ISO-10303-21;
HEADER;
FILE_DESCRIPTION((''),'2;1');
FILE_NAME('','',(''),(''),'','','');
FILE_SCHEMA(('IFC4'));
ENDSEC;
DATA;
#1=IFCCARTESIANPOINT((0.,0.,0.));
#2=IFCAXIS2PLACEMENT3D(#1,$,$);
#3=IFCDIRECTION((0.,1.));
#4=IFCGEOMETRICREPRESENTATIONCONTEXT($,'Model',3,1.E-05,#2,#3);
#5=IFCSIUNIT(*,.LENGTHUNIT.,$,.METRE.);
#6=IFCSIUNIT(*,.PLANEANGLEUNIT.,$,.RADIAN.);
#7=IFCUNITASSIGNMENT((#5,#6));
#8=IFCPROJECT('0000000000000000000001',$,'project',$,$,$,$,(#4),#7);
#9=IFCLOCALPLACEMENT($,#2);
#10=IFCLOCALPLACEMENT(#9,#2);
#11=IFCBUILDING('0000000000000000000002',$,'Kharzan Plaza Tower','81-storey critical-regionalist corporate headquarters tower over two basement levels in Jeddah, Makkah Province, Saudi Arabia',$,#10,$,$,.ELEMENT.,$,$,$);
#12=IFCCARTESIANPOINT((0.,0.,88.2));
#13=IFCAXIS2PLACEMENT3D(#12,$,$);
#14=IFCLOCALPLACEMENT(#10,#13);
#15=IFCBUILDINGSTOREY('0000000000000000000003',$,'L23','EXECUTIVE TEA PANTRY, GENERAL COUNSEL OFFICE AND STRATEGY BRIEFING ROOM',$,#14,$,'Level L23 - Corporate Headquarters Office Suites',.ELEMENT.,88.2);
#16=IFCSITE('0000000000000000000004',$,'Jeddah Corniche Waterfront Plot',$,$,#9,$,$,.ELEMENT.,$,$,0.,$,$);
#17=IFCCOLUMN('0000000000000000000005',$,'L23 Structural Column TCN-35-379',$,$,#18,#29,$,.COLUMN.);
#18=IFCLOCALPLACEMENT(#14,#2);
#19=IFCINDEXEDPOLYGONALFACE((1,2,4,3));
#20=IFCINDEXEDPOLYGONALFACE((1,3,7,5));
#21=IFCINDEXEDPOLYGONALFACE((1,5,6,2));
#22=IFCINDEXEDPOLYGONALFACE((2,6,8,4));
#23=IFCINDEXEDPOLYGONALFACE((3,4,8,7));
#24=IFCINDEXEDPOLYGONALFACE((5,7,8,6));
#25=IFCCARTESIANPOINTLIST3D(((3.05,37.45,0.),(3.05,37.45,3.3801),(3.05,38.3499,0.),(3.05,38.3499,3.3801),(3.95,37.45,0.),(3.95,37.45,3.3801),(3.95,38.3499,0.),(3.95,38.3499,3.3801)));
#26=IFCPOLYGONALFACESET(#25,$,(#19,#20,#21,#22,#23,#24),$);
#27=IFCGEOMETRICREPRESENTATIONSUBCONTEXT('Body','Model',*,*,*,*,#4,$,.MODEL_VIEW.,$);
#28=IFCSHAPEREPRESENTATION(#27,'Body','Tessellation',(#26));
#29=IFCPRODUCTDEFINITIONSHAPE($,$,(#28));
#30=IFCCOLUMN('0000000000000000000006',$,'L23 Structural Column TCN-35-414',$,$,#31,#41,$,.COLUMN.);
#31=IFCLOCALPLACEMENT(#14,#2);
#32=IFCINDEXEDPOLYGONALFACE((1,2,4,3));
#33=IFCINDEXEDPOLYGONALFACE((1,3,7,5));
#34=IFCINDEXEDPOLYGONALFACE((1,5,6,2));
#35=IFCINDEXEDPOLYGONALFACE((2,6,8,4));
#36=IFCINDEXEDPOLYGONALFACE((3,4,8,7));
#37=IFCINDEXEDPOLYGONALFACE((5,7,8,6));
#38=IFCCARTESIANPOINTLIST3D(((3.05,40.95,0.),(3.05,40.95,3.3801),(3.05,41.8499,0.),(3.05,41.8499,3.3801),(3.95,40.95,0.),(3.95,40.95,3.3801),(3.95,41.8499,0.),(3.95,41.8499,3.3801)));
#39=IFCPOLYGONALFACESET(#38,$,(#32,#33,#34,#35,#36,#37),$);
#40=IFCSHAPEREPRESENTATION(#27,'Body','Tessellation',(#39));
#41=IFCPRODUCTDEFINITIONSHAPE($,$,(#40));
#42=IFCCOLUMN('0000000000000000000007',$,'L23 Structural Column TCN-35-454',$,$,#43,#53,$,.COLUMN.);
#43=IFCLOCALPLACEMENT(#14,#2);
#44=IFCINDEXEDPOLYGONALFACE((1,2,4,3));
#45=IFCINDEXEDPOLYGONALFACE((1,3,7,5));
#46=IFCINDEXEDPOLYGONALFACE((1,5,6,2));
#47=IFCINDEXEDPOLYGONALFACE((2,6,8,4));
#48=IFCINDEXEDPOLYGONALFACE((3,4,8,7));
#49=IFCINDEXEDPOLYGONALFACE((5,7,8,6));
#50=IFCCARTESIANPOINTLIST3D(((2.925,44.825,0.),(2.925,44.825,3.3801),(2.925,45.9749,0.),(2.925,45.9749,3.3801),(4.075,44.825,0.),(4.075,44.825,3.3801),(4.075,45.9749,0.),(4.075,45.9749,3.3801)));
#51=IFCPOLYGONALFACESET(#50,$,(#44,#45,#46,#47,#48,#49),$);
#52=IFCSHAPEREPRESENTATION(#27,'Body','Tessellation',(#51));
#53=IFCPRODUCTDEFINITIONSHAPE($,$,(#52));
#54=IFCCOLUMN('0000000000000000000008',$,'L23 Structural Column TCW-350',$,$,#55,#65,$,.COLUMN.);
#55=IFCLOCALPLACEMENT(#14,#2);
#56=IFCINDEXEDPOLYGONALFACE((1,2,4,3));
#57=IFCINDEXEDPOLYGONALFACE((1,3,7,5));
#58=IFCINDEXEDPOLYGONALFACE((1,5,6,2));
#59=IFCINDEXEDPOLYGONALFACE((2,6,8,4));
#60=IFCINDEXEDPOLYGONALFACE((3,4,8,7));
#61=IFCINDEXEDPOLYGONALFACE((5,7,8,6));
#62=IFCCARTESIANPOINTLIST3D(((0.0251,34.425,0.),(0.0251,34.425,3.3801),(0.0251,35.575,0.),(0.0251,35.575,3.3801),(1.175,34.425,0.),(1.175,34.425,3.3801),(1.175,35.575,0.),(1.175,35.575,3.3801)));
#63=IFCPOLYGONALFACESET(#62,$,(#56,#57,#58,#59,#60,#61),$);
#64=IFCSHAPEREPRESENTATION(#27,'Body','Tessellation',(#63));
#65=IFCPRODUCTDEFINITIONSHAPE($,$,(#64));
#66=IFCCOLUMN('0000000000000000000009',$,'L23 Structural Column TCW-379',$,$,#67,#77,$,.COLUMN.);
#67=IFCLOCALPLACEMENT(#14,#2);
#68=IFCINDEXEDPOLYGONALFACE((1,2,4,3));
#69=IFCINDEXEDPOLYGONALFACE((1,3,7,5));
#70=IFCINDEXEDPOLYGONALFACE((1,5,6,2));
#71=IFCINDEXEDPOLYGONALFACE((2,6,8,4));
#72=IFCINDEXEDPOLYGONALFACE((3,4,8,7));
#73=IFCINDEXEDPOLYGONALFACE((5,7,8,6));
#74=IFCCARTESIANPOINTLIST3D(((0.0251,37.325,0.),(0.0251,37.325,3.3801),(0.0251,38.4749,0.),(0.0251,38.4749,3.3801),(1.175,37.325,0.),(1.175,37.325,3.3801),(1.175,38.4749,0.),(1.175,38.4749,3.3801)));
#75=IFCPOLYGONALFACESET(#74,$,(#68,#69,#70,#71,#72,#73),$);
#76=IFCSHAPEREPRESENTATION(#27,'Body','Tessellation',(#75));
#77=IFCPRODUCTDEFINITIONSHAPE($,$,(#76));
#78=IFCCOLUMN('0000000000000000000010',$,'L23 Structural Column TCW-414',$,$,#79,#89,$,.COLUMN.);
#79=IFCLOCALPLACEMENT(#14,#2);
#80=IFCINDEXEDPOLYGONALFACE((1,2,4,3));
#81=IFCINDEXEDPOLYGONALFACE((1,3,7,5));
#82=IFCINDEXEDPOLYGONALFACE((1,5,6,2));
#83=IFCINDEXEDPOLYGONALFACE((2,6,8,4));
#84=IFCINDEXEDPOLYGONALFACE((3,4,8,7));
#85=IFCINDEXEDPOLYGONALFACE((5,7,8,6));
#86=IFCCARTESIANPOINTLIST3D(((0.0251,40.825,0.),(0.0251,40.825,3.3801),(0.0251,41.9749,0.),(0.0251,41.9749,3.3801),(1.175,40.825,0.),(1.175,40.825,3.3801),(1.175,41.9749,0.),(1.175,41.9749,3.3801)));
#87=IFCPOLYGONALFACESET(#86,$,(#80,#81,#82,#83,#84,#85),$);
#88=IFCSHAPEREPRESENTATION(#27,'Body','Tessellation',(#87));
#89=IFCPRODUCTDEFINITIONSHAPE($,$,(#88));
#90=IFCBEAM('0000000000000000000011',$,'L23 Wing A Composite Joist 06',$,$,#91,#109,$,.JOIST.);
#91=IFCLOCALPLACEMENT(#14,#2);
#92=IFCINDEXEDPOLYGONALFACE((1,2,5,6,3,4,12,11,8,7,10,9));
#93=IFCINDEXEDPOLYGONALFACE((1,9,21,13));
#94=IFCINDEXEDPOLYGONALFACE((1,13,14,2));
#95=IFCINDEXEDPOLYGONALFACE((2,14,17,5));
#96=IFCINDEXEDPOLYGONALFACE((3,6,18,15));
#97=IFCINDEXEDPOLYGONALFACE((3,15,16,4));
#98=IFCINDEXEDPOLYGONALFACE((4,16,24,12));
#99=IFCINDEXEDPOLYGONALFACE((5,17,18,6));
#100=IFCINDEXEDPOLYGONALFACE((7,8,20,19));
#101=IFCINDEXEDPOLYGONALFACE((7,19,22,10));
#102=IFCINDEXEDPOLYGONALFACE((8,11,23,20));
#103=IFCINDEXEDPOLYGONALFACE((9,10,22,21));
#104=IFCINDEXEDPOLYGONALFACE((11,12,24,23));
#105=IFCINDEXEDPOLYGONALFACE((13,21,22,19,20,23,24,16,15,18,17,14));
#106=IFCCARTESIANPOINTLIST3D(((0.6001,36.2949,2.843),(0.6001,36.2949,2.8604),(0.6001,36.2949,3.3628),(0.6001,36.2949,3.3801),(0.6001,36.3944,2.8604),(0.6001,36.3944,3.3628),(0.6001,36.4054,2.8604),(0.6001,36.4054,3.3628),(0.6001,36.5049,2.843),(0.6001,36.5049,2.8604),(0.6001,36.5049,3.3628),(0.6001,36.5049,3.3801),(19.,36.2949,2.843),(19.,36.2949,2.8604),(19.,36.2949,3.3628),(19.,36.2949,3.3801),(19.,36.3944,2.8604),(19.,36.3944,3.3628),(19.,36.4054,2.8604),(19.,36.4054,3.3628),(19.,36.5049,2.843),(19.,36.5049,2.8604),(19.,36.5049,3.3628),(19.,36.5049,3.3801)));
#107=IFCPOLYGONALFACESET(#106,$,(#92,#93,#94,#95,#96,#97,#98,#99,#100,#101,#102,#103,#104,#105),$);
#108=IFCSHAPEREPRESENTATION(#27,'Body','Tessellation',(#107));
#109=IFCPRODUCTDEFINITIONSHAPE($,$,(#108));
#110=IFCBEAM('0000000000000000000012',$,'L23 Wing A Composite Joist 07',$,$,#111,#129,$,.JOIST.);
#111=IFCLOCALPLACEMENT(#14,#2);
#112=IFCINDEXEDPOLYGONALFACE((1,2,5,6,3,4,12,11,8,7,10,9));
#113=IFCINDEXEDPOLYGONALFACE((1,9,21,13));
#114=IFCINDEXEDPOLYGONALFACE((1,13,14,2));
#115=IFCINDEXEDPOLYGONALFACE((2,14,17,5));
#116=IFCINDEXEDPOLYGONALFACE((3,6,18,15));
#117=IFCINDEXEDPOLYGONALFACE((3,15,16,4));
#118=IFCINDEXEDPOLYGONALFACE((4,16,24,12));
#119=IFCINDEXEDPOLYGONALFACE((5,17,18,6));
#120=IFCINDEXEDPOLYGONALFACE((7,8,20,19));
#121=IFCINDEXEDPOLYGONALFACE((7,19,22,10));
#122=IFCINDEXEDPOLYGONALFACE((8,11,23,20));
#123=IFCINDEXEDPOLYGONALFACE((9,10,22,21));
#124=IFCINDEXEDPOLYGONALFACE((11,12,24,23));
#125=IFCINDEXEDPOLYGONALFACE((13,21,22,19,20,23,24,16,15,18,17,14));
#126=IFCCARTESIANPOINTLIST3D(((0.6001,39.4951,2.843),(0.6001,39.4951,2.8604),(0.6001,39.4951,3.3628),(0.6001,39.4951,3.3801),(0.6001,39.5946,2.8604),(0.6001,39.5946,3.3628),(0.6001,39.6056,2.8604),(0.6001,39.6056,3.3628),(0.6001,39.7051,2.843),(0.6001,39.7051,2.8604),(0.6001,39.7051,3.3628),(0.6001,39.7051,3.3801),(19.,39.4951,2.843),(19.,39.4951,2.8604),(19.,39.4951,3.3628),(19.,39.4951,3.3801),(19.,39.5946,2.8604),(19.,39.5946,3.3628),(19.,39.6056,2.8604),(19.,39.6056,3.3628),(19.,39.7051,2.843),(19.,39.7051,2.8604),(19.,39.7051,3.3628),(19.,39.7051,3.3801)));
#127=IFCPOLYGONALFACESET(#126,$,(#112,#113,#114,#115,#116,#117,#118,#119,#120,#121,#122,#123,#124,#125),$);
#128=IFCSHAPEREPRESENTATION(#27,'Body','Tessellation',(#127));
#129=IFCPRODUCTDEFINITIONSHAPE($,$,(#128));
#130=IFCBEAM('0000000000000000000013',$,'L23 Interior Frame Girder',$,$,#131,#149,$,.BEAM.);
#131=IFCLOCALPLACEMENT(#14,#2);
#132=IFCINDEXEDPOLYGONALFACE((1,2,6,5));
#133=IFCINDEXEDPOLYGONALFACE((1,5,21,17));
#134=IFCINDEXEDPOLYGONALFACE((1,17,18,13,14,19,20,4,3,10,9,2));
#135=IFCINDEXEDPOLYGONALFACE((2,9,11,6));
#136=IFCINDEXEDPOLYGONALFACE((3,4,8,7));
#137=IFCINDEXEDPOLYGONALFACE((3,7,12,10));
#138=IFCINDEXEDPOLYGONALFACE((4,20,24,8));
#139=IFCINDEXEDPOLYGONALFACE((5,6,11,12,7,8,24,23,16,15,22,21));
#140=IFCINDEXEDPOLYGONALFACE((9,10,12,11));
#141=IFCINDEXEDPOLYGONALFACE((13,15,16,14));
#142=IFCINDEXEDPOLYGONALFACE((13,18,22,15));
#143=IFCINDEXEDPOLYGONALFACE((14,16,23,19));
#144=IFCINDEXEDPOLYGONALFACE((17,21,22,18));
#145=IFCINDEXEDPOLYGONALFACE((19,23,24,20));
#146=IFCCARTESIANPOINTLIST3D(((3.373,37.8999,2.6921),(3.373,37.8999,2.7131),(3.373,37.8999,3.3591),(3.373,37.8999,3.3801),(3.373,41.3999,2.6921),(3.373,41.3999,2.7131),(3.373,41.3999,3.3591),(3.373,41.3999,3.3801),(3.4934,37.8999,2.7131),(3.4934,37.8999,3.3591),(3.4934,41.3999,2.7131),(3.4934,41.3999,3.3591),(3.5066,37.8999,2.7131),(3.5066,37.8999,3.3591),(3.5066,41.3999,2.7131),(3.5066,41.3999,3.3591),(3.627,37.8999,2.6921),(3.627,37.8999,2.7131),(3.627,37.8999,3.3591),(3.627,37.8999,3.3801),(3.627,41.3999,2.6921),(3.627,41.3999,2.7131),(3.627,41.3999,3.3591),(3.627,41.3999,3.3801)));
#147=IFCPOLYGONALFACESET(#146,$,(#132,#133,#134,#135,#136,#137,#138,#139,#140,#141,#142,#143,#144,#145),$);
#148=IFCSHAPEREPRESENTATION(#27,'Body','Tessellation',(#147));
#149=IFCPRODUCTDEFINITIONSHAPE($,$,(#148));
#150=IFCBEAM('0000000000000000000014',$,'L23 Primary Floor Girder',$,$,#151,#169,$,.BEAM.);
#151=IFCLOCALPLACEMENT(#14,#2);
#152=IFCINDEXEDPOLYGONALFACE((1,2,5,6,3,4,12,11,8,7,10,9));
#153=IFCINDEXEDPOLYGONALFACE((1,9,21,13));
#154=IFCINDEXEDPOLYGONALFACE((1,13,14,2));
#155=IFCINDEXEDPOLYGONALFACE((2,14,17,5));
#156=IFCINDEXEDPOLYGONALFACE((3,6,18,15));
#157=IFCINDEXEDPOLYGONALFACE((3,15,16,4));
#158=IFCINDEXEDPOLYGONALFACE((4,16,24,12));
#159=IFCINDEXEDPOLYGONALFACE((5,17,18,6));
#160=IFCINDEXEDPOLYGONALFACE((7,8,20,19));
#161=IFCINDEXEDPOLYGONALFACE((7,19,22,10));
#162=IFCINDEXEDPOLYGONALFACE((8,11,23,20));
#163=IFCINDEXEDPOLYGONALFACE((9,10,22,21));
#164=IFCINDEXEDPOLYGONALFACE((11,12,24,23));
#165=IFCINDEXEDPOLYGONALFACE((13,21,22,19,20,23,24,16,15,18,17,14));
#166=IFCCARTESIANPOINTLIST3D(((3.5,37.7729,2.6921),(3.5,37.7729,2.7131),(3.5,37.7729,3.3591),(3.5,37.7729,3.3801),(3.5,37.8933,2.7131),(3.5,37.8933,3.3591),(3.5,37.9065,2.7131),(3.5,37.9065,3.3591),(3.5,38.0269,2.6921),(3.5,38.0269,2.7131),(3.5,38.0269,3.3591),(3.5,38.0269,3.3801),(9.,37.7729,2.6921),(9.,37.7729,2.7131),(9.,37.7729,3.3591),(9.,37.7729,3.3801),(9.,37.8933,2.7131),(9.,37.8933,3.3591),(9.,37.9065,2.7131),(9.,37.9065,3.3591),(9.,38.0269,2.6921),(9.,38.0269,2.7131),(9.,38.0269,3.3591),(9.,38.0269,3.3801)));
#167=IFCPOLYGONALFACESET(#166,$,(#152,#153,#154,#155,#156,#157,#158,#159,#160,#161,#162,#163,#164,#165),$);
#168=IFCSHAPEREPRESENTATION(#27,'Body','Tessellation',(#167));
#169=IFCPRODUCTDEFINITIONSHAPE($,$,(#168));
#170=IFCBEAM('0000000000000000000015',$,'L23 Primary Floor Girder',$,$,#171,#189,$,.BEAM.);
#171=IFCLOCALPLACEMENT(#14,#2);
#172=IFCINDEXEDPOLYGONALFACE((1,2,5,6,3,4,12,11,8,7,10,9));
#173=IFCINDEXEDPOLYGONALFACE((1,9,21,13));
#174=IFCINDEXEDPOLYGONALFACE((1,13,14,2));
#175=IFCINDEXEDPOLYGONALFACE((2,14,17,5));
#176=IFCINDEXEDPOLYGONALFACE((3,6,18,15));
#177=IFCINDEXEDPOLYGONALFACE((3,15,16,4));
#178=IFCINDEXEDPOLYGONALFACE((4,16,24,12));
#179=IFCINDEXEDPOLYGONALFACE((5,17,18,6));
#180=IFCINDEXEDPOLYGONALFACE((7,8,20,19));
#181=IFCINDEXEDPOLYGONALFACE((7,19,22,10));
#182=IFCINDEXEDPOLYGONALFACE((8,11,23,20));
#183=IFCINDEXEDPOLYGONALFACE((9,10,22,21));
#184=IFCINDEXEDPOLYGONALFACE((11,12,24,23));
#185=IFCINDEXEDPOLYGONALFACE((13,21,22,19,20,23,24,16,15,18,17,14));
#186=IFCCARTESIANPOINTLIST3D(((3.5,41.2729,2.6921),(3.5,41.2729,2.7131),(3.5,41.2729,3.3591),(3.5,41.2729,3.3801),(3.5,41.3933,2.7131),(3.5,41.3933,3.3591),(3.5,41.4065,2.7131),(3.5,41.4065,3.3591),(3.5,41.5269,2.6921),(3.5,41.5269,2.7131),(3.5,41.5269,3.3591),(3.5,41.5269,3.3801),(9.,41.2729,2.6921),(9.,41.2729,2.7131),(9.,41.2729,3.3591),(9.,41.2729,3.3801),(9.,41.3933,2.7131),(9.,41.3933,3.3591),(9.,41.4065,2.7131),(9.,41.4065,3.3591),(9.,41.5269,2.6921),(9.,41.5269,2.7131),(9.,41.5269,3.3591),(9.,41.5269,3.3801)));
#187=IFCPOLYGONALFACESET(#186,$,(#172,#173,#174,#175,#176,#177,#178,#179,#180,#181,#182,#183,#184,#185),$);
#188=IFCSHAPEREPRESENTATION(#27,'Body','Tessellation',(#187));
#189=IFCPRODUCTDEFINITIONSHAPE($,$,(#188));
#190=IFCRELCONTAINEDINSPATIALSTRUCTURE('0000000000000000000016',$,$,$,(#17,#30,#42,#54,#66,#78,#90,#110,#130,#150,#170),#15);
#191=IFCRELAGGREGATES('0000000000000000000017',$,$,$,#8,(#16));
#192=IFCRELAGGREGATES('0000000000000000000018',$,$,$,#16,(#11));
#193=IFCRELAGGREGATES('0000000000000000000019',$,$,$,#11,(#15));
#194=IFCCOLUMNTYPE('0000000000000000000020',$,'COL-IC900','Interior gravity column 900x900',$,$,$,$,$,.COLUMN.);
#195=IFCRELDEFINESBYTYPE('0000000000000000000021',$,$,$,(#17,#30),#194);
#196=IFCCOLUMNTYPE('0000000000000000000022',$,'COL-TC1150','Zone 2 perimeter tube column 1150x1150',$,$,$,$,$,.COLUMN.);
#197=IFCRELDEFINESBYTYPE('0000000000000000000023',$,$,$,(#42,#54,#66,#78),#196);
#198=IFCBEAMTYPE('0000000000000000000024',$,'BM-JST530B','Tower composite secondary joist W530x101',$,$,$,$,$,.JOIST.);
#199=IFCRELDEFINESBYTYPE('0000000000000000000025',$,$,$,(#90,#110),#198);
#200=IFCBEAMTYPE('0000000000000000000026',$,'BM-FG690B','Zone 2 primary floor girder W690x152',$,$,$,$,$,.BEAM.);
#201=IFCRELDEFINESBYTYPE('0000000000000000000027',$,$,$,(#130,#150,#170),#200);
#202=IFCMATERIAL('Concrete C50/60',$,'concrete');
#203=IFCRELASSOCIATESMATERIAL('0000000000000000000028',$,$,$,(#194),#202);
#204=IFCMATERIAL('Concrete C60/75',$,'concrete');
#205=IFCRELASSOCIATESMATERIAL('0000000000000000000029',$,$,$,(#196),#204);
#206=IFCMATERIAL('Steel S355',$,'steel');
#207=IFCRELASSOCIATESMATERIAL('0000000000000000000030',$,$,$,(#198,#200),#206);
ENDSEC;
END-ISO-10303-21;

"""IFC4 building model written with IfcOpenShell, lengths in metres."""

from ifc_helpers import new_model, si_unit, direction, frame, origin, origin_2d, place, context, subcontext, project, spatial, rectangle, i_section, extrude, source, transform, mapped, material, material_profile, profile_set, type_object, element, save


model = new_model("IFC4")

# Units and contexts
model_context = context("Model", 3, precision=1e-05, world=origin(), true_north=direction((0.0, 1.0)))
body_context = subcontext(model_context, "Body", "Model", "MODEL_VIEW")
ifc_project = project(units=[si_unit("LENGTHUNIT", "METRE"), si_unit("PLANEANGLEUNIT", "RADIAN")], contexts=[model_context])

# Site, building, storey
site_placement = place(None, origin())
site = spatial("IfcSite", under=ifc_project, at=site_placement, Name="Jeddah Corniche Waterfront Plot", CompositionType="ELEMENT", RefElevation=0.0)
building_placement = place(site_placement, origin())
building = spatial("IfcBuilding", under=site, at=building_placement, Name="Kharzan Plaza Tower", Description="81-storey critical-regionalist corporate headquarters tower over two basement levels in Jeddah, Makkah Province, Saudi Arabia", CompositionType="ELEMENT")
storey_placement = place(building_placement, frame((0.0, 0.0, 88.2)))
storey = spatial("IfcBuildingStorey", under=building, at=storey_placement, Name="L23", Description="EXECUTIVE TEA PANTRY, GENERAL COUNSEL OFFICE AND STRATEGY BRIEFING ROOM", LongName="Level L23 - Corporate Headquarters Office Suites", CompositionType="ELEMENT", Elevation=88.2)

# Columns
ifc_material_1 = material(Name="Concrete C50/60", Category="concrete")
ifc_material_profile_1 = material_profile(ifc_material_1, rectangle(XDim=0.8999, YDim=0.8999, at=origin_2d()), Name="RC-IC900x900")
ifc_profile_set_1 = profile_set([ifc_material_profile_1], Name="Concrete C50/60")
column_type_1 = type_object("IfcColumnType", Name="COL-IC900", Description="Interior gravity column 900x900", PredefinedType="COLUMN", material=ifc_profile_set_1)
shared_shape_1 = source(origin(), body_context, "Body", "SweptSolid", [
    extrude(rectangle(XDim=0.8999, YDim=0.8999, at=origin_2d()), origin(), (0.0, 0.0, 1.0), 3.3801),
])
for number, where, z_axis, x_axis, name in (
    (1, (3.5, 37.8999, 0.0), (0.0, 0.0, 1.0), (1.0, 0.0, 0.0), "L23 Structural Column TCN-35-379"),
    (2, (3.5, 41.3999, 0.0), (0.0, 0.0, 1.0), (1.0, 0.0, 0.0), "L23 Structural Column TCN-35-414"),
):
    element("IfcColumn", number, at=place(storey_placement, frame(where, z_axis=z_axis, x_axis=x_axis)), inside=storey, type_object=column_type_1, Name=name, PredefinedType="COLUMN", context=body_context, shape_type="MappedRepresentation", body=[
        mapped(shared_shape_1, transform((0.0, 0.0, 0.0), x_axis=(1.0, 0.0, 0.0), y_axis=(0.0, 1.0, 0.0), z_axis=(0.0, 0.0, 1.0))),
    ])
ifc_material_2 = material(Name="Concrete C60/75", Category="concrete")
ifc_material_profile_2 = material_profile(ifc_material_2, rectangle(XDim=1.1499, YDim=1.1499, at=origin_2d()), Name="RC-TC1150x1150")
ifc_profile_set_2 = profile_set([ifc_material_profile_2], Name="Concrete C60/75")
column_type_2 = type_object("IfcColumnType", Name="COL-TC1150", Description="Zone 2 perimeter tube column 1150x1150", PredefinedType="COLUMN", material=ifc_profile_set_2)
shared_shape_2 = source(origin(), body_context, "Body", "SweptSolid", [
    extrude(rectangle(XDim=1.1499, YDim=1.1499, at=origin_2d()), origin(), (0.0, 0.0, 1.0), 3.3801),
])
for number, where, z_axis, x_axis, name in (
    (3, (3.5, 45.3999, 0.0), (0.0, 0.0, 1.0), (1.0, 0.0, 0.0), "L23 Structural Column TCN-35-454"),
    (4, (0.6001, 35.0, 0.0), (0.0, 0.0, 1.0), (1.0, 0.0, 0.0), "L23 Structural Column TCW-350"),
    (5, (0.6001, 37.8999, 0.0), (0.0, 0.0, 1.0), (1.0, 0.0, 0.0), "L23 Structural Column TCW-379"),
    (6, (0.6001, 41.3999, 0.0), (0.0, 0.0, 1.0), (1.0, 0.0, 0.0), "L23 Structural Column TCW-414"),
):
    element("IfcColumn", number, at=place(storey_placement, frame(where, z_axis=z_axis, x_axis=x_axis)), inside=storey, type_object=column_type_2, Name=name, PredefinedType="COLUMN", context=body_context, shape_type="MappedRepresentation", body=[
        mapped(shared_shape_2, transform((0.0, 0.0, 0.0), x_axis=(1.0, 0.0, 0.0), y_axis=(0.0, 1.0, 0.0), z_axis=(0.0, 0.0, 1.0))),
    ])

# Beams
ifc_material_3 = material(Name="Steel S355", Category="steel")
ifc_material_profile_3 = material_profile(ifc_material_3, i_section(OverallWidth=0.21, OverallDepth=0.5371, WebThickness=0.011, FlangeThickness=0.0173, at=origin_2d()), Name="W530x101")
ifc_profile_set_3 = profile_set([ifc_material_profile_3], Name="Steel S355")
beam_type_1 = type_object("IfcBeamType", Name="BM-JST530B", Description="Tower composite secondary joist W530x101", PredefinedType="JOIST", material=ifc_profile_set_3)
shared_shape_3 = source(origin(), body_context, "Body", "SweptSolid", [
    extrude(i_section(OverallWidth=0.21, OverallDepth=0.5371, WebThickness=0.011, FlangeThickness=0.0173, at=origin_2d()), origin(), (0.0, 0.0, 1.0), 18.3999),
])
for number, where, z_axis, x_axis, name in (
    (7, (0.6001, 36.3999, 3.1116), (1.0, 0.0, 0.0), (0.0, 1.0, 0.0), "L23 Wing A Composite Joist 06"),
    (8, (0.6001, 39.6001, 3.1116), (1.0, 0.0, 0.0), (0.0, 1.0, 0.0), "L23 Wing A Composite Joist 07"),
):
    element("IfcBeam", number, at=place(storey_placement, frame(where, z_axis=z_axis, x_axis=x_axis)), inside=storey, type_object=beam_type_1, Name=name, PredefinedType="JOIST", context=body_context, shape_type="MappedRepresentation", body=[
        mapped(shared_shape_3, transform((0.0, 0.0, 0.0), x_axis=(1.0, 0.0, 0.0), y_axis=(0.0, 1.0, 0.0), z_axis=(0.0, 0.0, 1.0))),
    ])
ifc_material_profile_4 = material_profile(ifc_material_3, i_section(OverallWidth=0.2539, OverallDepth=0.688, WebThickness=0.0132, FlangeThickness=0.021, at=origin_2d()), Name="W690x152")
ifc_profile_set_4 = profile_set([ifc_material_profile_4], Name="Steel S355")
beam_type_2 = type_object("IfcBeamType", Name="BM-FG690B", Description="Zone 2 primary floor girder W690x152", PredefinedType="BEAM", material=ifc_profile_set_4)
shared_shape_4 = source(origin(), body_context, "Body", "SweptSolid", [
    extrude(i_section(OverallWidth=0.2539, OverallDepth=0.688, WebThickness=0.0132, FlangeThickness=0.021, at=origin_2d()), origin(), (0.0, 0.0, 1.0), 3.5),
])
beam_1_placement = place(storey_placement, frame((3.5, 37.8999, 3.0361), z_axis=(0.0, 1.0, 0.0), x_axis=(-1.0, 0.0, 0.0)))
element("IfcBeam", 9, at=beam_1_placement, inside=storey, type_object=beam_type_2, Name="L23 Interior Frame Girder", PredefinedType="BEAM", context=body_context, shape_type="MappedRepresentation", body=[
    mapped(shared_shape_4, transform((0.0, 0.0, 0.0), x_axis=(1.0, 0.0, 0.0), y_axis=(0.0, 1.0, 0.0), z_axis=(0.0, 0.0, 1.0))),
])
shared_shape_5 = source(origin(), body_context, "Body", "SweptSolid", [
    extrude(i_section(OverallWidth=0.2539, OverallDepth=0.688, WebThickness=0.0132, FlangeThickness=0.021, at=origin_2d()), origin(), (0.0, 0.0, 1.0), 5.5),
])
for number, where, z_axis, x_axis, name in (
    (10, (3.5, 37.8999, 3.0361), (1.0, 0.0, 0.0), (0.0, 1.0, 0.0), "L23 Primary Floor Girder"),
    (11, (3.5, 41.3999, 3.0361), (1.0, 0.0, 0.0), (0.0, 1.0, 0.0), "L23 Primary Floor Girder"),
):
    element("IfcBeam", number, at=place(storey_placement, frame(where, z_axis=z_axis, x_axis=x_axis)), inside=storey, type_object=beam_type_2, Name=name, PredefinedType="BEAM", context=body_context, shape_type="MappedRepresentation", body=[
        mapped(shared_shape_5, transform((0.0, 0.0, 0.0), x_axis=(1.0, 0.0, 0.0), y_axis=(0.0, 1.0, 0.0), z_axis=(0.0, 0.0, 1.0))),
    ])

save(model, "model.ifc")
